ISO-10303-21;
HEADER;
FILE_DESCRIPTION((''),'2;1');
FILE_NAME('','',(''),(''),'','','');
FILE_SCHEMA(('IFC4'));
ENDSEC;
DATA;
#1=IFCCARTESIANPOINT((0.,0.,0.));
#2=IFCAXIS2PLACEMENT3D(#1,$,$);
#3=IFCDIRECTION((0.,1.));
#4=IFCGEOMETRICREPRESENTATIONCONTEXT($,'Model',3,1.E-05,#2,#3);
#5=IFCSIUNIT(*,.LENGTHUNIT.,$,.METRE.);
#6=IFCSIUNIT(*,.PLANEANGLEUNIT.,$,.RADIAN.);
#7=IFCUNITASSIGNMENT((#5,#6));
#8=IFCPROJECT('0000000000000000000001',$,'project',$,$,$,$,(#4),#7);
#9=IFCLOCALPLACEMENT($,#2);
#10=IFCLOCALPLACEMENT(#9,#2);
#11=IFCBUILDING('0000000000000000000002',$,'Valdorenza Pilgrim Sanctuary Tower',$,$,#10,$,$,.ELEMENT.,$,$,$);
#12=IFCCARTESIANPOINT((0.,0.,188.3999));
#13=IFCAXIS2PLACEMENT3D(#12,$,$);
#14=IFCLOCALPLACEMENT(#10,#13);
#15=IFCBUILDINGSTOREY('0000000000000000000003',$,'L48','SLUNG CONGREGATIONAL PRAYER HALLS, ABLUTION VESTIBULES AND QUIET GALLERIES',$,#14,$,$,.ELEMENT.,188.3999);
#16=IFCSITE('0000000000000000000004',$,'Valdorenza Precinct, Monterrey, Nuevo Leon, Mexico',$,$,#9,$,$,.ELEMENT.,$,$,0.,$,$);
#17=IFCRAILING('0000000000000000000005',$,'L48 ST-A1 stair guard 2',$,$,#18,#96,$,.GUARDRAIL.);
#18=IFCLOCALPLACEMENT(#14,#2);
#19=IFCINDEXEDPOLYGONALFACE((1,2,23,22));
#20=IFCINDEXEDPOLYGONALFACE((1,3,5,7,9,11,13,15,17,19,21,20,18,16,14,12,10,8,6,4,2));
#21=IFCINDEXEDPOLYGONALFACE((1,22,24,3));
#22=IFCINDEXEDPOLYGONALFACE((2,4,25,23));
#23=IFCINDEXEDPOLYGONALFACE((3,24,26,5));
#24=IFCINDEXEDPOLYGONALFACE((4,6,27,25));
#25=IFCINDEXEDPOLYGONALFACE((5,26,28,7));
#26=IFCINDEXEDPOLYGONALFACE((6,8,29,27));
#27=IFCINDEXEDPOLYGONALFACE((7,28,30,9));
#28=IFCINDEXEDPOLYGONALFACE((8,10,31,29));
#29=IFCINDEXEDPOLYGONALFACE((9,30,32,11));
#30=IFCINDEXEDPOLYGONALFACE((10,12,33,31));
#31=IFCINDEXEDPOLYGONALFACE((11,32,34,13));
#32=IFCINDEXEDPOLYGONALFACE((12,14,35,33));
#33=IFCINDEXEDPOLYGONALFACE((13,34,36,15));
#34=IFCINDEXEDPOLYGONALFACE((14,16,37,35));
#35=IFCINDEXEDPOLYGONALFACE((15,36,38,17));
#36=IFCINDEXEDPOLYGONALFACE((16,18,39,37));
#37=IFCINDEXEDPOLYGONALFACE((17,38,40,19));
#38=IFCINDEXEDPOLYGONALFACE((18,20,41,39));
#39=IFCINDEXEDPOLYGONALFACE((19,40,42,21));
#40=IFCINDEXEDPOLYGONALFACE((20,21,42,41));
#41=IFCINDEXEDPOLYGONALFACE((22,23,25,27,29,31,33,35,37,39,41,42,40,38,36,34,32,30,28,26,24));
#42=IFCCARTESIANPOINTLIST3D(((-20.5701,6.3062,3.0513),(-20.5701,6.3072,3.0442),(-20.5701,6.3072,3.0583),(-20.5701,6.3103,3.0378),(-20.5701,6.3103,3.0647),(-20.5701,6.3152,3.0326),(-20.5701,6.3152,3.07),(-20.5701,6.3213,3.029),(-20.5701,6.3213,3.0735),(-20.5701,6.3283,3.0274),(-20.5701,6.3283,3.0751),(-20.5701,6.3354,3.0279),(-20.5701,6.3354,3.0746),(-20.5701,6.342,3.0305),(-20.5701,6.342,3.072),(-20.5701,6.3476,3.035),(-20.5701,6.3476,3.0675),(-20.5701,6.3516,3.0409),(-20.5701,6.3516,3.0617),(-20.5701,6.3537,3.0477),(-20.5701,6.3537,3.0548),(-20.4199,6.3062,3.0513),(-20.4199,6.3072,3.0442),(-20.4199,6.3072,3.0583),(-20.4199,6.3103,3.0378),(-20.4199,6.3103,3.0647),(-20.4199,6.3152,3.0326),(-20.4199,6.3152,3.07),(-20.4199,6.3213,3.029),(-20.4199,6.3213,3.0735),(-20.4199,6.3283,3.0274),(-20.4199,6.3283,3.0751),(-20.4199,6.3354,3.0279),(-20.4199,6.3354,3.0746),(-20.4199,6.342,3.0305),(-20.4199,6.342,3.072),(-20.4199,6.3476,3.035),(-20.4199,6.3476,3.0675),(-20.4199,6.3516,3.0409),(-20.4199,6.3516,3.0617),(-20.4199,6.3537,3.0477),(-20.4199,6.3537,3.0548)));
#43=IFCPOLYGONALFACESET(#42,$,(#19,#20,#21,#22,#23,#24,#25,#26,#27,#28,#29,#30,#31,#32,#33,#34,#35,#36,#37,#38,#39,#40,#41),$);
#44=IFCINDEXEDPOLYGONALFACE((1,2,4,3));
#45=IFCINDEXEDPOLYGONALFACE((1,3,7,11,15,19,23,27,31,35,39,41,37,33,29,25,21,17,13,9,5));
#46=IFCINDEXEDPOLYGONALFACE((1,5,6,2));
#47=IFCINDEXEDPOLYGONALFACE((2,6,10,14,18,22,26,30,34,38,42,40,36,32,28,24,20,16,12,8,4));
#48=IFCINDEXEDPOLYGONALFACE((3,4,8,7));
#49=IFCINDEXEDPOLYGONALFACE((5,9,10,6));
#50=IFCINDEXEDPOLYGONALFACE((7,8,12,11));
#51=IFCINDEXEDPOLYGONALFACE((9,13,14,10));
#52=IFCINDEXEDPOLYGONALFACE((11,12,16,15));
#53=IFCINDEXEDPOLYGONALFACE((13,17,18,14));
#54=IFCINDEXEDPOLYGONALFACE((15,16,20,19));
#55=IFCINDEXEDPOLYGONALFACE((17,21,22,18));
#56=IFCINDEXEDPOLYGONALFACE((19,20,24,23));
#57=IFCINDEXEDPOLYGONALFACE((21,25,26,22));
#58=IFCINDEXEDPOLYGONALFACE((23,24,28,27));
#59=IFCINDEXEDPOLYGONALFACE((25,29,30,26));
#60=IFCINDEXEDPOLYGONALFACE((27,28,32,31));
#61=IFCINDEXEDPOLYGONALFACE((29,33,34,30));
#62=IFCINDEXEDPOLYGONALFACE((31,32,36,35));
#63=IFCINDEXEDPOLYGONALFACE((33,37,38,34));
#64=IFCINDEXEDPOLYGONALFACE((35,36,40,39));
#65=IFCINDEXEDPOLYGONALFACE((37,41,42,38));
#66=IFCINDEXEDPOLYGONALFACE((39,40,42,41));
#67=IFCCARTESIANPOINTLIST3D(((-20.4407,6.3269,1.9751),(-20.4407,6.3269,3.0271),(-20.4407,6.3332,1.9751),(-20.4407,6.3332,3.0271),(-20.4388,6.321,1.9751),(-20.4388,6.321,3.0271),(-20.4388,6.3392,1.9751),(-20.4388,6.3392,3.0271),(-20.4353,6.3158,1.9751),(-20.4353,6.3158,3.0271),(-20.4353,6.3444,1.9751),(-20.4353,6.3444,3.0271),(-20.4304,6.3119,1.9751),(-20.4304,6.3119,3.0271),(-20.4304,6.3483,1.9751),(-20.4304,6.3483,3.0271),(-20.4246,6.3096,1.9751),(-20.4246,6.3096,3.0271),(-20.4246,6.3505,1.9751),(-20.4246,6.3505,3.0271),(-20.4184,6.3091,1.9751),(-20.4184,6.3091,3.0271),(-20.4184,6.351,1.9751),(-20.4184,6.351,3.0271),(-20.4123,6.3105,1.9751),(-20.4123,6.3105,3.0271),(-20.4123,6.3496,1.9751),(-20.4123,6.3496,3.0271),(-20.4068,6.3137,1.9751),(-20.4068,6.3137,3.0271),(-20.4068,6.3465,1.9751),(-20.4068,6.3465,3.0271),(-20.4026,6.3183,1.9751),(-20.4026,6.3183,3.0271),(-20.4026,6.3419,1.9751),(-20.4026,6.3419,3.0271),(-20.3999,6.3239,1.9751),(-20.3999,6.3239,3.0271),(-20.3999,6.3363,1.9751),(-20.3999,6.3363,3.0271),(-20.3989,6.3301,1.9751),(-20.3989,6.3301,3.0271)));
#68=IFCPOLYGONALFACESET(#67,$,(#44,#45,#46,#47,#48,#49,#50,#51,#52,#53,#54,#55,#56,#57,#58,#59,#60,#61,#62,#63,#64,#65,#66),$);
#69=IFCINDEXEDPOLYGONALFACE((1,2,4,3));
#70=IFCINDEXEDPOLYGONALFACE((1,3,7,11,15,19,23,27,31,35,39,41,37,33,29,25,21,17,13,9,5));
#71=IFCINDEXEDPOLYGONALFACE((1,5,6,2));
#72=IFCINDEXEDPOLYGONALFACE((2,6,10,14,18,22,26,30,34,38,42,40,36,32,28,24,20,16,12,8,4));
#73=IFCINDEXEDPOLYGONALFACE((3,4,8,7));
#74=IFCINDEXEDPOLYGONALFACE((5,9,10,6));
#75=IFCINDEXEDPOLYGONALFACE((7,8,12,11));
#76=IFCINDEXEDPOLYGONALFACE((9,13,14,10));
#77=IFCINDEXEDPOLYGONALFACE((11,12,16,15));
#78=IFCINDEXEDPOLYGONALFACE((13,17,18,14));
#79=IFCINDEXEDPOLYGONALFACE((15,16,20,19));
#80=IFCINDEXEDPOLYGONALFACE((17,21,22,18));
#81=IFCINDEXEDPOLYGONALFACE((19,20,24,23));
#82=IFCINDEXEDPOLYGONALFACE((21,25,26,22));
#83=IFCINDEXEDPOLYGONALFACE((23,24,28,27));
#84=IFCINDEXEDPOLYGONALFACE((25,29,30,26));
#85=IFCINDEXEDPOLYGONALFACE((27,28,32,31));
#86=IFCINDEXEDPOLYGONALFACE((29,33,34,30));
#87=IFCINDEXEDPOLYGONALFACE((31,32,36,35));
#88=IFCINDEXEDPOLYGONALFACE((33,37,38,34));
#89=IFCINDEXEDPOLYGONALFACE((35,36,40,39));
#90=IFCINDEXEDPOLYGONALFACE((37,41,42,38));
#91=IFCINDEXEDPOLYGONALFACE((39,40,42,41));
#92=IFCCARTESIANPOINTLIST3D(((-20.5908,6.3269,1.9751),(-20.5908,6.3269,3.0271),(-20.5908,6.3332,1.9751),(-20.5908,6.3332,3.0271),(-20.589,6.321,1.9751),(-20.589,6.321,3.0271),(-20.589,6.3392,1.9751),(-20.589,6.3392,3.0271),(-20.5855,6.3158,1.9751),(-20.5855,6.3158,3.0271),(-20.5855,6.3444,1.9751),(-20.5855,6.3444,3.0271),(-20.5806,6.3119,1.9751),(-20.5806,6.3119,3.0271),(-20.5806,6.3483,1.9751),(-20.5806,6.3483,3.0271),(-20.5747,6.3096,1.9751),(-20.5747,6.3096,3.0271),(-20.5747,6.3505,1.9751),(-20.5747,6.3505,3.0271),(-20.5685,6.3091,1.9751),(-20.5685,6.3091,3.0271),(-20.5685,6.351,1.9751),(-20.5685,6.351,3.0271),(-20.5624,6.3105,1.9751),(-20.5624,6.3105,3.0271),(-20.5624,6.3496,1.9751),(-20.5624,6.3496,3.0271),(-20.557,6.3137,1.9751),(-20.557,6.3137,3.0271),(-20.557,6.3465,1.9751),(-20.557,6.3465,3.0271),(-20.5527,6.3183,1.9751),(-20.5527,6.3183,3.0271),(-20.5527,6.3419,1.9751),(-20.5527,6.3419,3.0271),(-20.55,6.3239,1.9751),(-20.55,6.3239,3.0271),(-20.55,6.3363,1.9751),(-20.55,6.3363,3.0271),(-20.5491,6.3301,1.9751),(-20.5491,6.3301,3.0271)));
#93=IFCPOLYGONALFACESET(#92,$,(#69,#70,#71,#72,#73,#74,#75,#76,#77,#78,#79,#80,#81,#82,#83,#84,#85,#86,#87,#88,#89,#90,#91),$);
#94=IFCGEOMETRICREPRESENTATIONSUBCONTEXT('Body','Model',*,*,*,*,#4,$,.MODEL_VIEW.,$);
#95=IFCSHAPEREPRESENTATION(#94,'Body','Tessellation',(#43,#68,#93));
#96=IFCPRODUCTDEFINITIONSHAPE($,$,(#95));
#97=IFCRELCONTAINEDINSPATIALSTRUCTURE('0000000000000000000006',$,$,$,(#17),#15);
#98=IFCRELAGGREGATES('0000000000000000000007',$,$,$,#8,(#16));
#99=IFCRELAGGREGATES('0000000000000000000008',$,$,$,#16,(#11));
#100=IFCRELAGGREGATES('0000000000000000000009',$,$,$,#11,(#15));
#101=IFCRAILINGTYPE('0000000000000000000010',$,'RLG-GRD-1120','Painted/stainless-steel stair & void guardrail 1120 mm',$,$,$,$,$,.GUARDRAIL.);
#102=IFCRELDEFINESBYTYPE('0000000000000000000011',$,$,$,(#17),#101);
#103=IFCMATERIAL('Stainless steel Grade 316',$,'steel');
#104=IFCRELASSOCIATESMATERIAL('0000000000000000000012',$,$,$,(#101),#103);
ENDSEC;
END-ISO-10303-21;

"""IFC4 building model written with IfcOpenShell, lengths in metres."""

from ifc_helpers import new_model, si_unit, direction, frame, origin, origin_2d, place, context, subcontext, project, spatial, circle, extrude, material, type_object, element, save


model = new_model("IFC4")

# Units and contexts
model_context = context("Model", 3, precision=1e-05, world=origin(), true_north=direction((0.0, 1.0)))
body_context = subcontext(model_context, "Body", "Model", "MODEL_VIEW")
ifc_project = project(units=[si_unit("LENGTHUNIT", "METRE"), si_unit("PLANEANGLEUNIT", "RADIAN")], contexts=[model_context])

# Site, building, storey
site_placement = place(None, origin())
site = spatial("IfcSite", under=ifc_project, at=site_placement, Name="Valdorenza Precinct, Monterrey, Nuevo Leon, Mexico", CompositionType="ELEMENT", RefElevation=0.0)
building_placement = place(site_placement, origin())
building = spatial("IfcBuilding", under=site, at=building_placement, Name="Valdorenza Pilgrim Sanctuary Tower", CompositionType="ELEMENT")
storey_placement = place(building_placement, frame((0.0, 0.0, 188.3999)))
storey = spatial("IfcBuildingStorey", under=building, at=storey_placement, Name="L48", Description="SLUNG CONGREGATIONAL PRAYER HALLS, ABLUTION VESTIBULES AND QUIET GALLERIES", CompositionType="ELEMENT", Elevation=188.3999)

# Railing
ifc_material_1 = material(Name="Stainless steel Grade 316", Category="steel")
railing_type_1 = type_object("IfcRailingType", Name="RLG-GRD-1120", Description="Painted/stainless-steel stair & void guardrail 1120 mm", PredefinedType="GUARDRAIL", material=ifc_material_1)
railing_1_placement = place(storey_placement, frame((-20.4199, 6.3301, 1.9751)))
element("IfcRailing", 1, at=railing_1_placement, inside=storey, type_object=railing_type_1, Name="L48 ST-A1 stair guard 2", PredefinedType="GUARDRAIL", context=body_context, shape_type="SweptSolid", body=[
    extrude(circle(Radius=0.0239, at=origin_2d()), frame((0.0, 0.0, 1.0762), z_axis=(-1.0, 0.0, 0.0), x_axis=(0.0, -1.0, 0.0)), (0.0, 0.0, 1.0), 0.1501),
    extrude(circle(Radius=0.021, at=origin_2d()), origin(), (0.0, 0.0, 1.0), 1.052),
    extrude(circle(Radius=0.021, at=origin_2d()), frame((-0.1501, 0.0, 0.0)), (0.0, 0.0, 1.0), 1.052),
])

save(model, "model.ifc")
